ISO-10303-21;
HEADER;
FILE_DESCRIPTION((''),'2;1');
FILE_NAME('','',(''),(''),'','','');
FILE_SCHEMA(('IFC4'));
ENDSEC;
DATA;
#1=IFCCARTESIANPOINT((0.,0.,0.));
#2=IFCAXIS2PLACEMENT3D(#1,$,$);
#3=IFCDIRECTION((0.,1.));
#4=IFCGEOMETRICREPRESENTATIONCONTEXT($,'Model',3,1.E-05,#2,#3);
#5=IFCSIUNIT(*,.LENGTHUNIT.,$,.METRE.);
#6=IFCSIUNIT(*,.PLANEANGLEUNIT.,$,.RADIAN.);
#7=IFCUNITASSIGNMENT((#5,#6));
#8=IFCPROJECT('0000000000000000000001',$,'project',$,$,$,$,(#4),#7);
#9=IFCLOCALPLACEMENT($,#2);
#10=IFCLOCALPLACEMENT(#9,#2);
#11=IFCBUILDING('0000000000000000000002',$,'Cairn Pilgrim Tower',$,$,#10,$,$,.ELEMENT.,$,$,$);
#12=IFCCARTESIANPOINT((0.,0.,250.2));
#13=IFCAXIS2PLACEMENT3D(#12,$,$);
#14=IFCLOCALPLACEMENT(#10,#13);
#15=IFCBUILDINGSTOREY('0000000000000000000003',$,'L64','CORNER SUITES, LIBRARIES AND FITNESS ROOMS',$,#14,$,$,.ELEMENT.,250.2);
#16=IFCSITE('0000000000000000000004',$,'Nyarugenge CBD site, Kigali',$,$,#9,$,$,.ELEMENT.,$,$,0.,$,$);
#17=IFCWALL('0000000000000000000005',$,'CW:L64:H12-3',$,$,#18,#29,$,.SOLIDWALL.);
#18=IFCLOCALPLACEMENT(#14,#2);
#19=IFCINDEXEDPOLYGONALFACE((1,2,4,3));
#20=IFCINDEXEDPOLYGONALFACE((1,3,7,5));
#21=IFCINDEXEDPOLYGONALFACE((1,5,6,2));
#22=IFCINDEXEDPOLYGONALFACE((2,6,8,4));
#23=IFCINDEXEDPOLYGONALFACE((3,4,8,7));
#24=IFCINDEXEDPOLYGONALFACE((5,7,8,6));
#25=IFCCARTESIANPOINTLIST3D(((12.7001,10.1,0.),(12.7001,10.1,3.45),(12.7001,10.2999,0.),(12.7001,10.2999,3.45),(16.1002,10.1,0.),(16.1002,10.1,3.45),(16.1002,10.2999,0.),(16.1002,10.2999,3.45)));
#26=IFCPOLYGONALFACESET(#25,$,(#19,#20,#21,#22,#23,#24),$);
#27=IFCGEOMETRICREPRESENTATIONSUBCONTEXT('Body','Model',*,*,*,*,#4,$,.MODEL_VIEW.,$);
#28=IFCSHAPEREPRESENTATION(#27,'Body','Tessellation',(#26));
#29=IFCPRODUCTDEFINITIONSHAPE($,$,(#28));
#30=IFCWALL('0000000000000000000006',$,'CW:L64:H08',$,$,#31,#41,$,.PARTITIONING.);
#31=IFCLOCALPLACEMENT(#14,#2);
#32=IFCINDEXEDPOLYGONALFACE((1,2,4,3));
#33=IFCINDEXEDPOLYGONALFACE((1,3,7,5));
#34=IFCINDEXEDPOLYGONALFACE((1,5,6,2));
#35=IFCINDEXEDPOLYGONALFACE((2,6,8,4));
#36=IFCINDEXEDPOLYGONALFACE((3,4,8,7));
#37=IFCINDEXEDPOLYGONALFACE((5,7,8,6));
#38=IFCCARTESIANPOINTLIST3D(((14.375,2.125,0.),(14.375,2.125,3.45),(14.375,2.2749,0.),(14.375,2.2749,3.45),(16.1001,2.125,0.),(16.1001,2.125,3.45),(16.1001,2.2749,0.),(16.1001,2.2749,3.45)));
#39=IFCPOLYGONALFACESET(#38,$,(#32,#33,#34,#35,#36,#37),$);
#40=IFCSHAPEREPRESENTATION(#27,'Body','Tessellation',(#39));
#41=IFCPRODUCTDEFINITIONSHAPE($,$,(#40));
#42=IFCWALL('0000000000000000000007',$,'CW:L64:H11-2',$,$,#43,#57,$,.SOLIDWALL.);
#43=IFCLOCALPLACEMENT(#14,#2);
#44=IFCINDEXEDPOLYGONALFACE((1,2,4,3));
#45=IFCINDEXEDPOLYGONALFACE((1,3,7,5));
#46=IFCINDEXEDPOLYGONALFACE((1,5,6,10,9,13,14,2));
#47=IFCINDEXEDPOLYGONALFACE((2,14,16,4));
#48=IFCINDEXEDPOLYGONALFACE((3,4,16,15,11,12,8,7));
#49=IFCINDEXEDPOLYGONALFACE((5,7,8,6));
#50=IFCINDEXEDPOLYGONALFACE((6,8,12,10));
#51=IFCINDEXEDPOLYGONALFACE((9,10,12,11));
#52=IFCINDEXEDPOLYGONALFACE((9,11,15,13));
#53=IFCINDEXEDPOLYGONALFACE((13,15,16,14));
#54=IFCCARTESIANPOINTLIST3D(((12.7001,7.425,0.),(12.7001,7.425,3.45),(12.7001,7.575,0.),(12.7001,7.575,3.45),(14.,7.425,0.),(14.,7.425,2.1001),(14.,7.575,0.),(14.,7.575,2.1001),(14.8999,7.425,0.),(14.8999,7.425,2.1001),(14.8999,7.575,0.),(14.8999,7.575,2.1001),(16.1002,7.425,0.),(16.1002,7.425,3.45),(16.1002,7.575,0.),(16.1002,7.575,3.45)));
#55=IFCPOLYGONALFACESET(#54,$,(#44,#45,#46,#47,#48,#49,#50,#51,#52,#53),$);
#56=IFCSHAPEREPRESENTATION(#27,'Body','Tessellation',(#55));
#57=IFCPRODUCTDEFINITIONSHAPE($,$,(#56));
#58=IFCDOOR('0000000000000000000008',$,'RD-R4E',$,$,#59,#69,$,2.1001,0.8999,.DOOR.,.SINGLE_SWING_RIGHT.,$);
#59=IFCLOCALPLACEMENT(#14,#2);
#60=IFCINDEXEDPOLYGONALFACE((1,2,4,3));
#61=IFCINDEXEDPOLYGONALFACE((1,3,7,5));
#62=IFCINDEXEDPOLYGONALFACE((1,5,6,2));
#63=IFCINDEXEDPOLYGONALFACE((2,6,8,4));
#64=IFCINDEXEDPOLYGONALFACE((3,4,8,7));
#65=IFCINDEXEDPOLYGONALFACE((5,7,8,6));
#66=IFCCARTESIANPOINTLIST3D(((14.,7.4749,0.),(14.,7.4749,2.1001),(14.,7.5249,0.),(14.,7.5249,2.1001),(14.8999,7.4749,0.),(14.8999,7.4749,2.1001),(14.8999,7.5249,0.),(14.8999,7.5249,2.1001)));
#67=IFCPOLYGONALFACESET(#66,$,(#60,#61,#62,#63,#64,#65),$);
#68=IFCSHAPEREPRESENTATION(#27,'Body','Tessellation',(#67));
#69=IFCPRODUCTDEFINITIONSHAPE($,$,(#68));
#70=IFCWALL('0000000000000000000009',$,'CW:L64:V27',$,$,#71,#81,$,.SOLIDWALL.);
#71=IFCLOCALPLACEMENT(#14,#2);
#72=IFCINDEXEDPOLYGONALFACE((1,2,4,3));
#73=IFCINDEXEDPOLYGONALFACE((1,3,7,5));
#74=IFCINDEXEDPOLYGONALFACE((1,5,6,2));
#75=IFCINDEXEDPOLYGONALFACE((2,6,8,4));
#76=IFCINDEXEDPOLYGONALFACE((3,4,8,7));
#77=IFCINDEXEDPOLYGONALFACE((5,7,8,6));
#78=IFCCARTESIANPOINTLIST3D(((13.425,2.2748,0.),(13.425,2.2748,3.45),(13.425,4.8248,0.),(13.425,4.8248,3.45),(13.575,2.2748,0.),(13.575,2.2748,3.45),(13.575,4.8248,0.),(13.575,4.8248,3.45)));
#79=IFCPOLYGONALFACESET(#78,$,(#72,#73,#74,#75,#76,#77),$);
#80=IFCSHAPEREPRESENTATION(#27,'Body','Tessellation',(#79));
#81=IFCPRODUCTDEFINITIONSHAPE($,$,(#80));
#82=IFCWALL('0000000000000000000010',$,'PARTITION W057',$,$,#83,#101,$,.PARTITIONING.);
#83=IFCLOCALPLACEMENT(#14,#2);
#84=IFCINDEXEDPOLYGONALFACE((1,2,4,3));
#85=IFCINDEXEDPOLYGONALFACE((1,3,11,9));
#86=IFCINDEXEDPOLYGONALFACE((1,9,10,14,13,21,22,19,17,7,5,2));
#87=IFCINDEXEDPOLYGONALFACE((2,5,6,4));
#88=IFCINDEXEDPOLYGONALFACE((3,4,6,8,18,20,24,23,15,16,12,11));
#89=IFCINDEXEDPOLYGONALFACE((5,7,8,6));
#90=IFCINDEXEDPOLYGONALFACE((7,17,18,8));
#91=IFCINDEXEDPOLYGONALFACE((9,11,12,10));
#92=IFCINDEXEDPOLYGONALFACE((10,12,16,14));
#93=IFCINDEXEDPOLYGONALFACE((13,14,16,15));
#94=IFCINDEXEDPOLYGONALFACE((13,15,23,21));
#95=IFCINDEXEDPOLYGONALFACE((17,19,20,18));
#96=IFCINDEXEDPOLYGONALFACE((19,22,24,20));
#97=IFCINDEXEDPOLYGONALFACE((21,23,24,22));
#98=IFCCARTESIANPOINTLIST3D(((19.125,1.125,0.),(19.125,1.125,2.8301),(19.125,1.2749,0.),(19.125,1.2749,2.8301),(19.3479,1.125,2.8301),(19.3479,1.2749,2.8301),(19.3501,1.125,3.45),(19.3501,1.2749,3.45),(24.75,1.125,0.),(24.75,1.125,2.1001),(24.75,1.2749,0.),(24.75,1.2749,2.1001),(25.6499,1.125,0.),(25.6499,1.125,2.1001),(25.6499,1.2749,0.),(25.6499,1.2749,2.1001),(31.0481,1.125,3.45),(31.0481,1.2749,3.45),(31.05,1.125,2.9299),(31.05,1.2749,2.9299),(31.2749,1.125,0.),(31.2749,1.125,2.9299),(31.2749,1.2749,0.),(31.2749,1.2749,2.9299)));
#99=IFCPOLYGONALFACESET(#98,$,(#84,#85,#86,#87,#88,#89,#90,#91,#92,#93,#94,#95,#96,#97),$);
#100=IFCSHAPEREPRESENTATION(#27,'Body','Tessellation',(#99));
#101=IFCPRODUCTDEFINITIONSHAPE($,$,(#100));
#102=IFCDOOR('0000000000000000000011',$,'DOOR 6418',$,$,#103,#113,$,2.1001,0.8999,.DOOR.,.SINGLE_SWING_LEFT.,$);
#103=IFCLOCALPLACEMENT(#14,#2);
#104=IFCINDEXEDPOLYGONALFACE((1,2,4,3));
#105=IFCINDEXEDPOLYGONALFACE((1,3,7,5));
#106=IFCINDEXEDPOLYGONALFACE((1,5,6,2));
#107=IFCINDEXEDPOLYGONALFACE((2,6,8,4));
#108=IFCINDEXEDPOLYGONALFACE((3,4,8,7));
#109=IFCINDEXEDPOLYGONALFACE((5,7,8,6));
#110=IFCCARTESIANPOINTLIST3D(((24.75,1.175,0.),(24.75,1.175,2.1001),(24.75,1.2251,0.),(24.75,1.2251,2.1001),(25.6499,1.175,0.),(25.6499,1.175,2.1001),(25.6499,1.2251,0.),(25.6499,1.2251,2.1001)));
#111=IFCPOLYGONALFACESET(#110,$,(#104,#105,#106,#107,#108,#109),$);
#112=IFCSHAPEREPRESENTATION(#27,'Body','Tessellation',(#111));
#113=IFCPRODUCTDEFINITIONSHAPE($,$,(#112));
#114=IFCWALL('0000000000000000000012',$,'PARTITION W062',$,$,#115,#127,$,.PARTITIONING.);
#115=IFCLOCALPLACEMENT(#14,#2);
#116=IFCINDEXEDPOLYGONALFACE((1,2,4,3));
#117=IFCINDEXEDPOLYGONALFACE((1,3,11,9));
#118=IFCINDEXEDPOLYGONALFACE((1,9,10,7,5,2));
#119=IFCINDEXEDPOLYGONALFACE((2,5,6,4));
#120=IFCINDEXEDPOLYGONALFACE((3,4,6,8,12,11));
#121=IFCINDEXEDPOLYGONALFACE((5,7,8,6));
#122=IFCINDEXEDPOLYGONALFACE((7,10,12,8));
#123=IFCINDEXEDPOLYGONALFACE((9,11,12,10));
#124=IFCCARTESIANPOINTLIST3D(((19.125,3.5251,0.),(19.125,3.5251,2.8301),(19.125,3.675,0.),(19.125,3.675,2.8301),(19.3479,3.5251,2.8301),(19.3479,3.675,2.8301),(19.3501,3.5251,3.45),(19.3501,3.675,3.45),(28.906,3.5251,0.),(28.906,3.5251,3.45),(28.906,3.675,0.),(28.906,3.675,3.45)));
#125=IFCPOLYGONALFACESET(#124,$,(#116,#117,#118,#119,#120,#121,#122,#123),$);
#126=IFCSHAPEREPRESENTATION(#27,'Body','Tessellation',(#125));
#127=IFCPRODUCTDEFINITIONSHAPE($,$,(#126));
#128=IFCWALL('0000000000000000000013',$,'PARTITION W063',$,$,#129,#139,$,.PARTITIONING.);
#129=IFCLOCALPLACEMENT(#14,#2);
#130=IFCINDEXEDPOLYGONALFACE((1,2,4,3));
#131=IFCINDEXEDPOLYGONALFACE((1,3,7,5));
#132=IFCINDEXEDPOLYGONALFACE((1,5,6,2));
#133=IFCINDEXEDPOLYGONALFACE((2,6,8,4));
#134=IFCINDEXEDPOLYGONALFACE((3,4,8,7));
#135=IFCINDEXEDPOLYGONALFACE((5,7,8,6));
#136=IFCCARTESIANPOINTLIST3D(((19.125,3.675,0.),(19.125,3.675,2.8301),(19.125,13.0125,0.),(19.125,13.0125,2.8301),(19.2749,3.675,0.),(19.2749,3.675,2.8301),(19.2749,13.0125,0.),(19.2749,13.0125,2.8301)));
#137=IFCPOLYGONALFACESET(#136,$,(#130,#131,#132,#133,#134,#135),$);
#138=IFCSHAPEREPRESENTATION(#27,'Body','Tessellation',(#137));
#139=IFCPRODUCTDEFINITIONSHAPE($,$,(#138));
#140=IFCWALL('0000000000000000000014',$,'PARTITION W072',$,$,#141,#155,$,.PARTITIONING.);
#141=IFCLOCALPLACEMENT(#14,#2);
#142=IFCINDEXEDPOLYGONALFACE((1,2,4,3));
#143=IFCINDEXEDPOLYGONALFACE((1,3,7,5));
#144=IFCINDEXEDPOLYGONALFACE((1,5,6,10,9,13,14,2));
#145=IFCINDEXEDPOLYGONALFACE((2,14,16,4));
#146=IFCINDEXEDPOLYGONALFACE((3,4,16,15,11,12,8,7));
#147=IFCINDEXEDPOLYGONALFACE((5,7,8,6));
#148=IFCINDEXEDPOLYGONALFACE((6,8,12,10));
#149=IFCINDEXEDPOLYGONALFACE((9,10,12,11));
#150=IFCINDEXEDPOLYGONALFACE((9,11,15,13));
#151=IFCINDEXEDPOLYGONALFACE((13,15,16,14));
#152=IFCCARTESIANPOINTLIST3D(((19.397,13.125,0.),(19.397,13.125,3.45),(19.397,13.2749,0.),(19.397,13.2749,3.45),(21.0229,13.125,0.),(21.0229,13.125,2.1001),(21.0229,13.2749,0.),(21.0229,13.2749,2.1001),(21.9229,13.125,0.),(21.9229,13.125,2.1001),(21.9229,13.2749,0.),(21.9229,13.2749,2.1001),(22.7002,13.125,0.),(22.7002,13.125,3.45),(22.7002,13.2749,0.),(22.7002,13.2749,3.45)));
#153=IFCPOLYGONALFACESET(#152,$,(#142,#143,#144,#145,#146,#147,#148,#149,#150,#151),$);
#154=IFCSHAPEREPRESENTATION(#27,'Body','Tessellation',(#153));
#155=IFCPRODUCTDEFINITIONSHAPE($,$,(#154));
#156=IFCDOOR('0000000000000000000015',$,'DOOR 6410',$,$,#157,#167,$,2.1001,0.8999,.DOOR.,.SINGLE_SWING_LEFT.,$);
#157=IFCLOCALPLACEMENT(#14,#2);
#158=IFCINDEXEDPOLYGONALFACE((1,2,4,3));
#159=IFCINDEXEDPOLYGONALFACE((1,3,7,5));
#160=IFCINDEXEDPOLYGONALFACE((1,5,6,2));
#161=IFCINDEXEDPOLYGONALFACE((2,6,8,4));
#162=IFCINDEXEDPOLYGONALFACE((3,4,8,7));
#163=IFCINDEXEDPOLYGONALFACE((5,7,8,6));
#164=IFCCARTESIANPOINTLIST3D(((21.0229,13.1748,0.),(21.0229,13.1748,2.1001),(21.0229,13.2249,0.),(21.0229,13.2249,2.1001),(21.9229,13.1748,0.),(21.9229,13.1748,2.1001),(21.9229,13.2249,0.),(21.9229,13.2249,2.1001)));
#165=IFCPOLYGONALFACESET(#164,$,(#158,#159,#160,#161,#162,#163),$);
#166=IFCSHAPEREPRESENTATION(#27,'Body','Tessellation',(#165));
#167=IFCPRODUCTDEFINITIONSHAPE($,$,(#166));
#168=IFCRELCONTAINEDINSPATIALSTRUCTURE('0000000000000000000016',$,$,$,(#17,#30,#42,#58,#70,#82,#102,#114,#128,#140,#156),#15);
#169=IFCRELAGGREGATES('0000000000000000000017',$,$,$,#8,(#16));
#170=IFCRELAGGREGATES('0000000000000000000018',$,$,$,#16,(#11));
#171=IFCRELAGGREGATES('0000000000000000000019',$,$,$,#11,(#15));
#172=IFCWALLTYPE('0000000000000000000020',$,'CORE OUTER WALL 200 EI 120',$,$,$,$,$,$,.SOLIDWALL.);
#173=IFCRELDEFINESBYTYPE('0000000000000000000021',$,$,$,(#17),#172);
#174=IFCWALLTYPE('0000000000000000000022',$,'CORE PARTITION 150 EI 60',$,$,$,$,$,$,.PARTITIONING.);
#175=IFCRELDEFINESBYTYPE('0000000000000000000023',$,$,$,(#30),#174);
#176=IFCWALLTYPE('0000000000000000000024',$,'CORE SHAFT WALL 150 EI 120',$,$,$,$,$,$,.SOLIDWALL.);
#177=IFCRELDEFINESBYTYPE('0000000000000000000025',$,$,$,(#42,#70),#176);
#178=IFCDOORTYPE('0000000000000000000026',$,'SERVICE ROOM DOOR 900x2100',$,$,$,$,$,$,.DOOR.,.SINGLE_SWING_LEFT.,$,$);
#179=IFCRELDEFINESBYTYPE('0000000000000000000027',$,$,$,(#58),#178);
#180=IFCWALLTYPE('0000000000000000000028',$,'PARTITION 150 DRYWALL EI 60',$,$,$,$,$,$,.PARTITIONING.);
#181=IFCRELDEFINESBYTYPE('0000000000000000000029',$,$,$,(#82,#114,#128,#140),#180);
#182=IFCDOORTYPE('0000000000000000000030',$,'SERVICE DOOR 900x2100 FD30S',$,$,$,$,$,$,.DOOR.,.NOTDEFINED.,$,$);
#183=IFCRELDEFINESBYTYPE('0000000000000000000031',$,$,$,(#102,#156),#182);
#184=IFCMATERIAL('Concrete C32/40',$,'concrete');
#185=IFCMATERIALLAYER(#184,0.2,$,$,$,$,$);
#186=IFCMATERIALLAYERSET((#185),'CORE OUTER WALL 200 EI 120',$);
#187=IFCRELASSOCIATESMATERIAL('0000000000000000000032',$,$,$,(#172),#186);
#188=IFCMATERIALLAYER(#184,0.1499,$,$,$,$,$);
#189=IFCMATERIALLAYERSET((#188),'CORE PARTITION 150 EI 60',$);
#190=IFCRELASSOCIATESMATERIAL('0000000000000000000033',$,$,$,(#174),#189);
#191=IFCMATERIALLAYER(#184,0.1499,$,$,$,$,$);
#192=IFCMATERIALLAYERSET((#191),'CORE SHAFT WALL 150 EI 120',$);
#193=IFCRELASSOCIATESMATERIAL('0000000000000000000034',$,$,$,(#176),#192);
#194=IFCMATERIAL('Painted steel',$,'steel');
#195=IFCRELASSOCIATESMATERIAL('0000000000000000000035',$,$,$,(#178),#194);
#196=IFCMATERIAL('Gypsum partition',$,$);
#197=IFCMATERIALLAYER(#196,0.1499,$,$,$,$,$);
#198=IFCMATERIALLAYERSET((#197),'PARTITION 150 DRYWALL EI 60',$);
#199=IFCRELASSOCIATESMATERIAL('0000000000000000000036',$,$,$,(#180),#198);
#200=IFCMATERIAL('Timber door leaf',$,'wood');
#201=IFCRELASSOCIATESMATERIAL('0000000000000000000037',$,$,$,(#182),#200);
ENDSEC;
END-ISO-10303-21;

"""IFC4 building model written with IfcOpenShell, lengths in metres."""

from ifc_helpers import new_model, si_unit, direction, frame, frame_2d, origin, place, context, subcontext, project, spatial, polyline, rectangle, outline, extrude, material, layer, layer_set, type_object, element, fill, save


model = new_model("IFC4")

# Units and contexts
model_context = context("Model", 3, precision=1e-05, world=origin(), true_north=direction((0.0, 1.0)))
body_context = subcontext(model_context, "Body", "Model", "MODEL_VIEW")
ifc_project = project(units=[si_unit("LENGTHUNIT", "METRE"), si_unit("PLANEANGLEUNIT", "RADIAN")], contexts=[model_context])

# Site, building, storey
site_placement = place(None, origin())
site = spatial("IfcSite", under=ifc_project, at=site_placement, Name="Nyarugenge CBD site, Kigali", CompositionType="ELEMENT", RefElevation=0.0)
building_placement = place(site_placement, origin())
building = spatial("IfcBuilding", under=site, at=building_placement, Name="Cairn Pilgrim Tower", CompositionType="ELEMENT")
storey_placement = place(building_placement, frame((0.0, 0.0, 250.2)))
storey = spatial("IfcBuildingStorey", under=building, at=storey_placement, Name="L64", Description="CORNER SUITES, LIBRARIES AND FITNESS ROOMS", CompositionType="ELEMENT", Elevation=250.2)

# Walls
ifc_material_1 = material(Name="Concrete C32/40", Category="concrete")
ifc_layer_1 = layer(ifc_material_1, 0.2)
ifc_layer_set_1 = layer_set([ifc_layer_1], Name="CORE OUTER WALL 200 EI 120")
wall_type_1 = type_object("IfcWallType", Name="CORE OUTER WALL 200 EI 120", PredefinedType="SOLIDWALL", material=ifc_layer_set_1)
wall_1_placement = place(storey_placement, frame((12.7, 10.2, 0.0), z_axis=(0.0, 0.0, 1.0), x_axis=(1.0, 0.0, 0.0)))
element("IfcWall", 1, at=wall_1_placement, inside=storey, type_object=wall_type_1, Name="CW:L64:H12-3", PredefinedType="SOLIDWALL", context=body_context, shape_type="SweptSolid", body=[
    extrude(rectangle(XDim=3.4001, YDim=0.2, at=frame_2d((1.7002, 0.0))), origin(), (0.0, 0.0, 1.0), 3.45),
])
ifc_layer_2 = layer(ifc_material_1, 0.1499)
ifc_layer_set_2 = layer_set([ifc_layer_2], Name="CORE PARTITION 150 EI 60")
wall_type_2 = type_object("IfcWallType", Name="CORE PARTITION 150 EI 60", PredefinedType="PARTITIONING", material=ifc_layer_set_2)
wall_2_placement = place(storey_placement, frame((14.375, 2.2, 0.0), z_axis=(0.0, 0.0, 1.0), x_axis=(1.0, 0.0, 0.0)))
element("IfcWall", 2, at=wall_2_placement, inside=storey, type_object=wall_type_2, Name="CW:L64:H08", PredefinedType="PARTITIONING", context=body_context, shape_type="SweptSolid", body=[
    extrude(rectangle(XDim=1.7251, YDim=0.1499, at=frame_2d((0.8625, 0.0))), origin(), (0.0, 0.0, 1.0), 3.45),
])

# Wall, opening, door
ifc_layer_3 = layer(ifc_material_1, 0.1499)
ifc_layer_set_3 = layer_set([ifc_layer_3], Name="CORE SHAFT WALL 150 EI 120")
wall_type_3 = type_object("IfcWallType", Name="CORE SHAFT WALL 150 EI 120", PredefinedType="SOLIDWALL", material=ifc_layer_set_3)
wall_3_placement = place(storey_placement, frame((12.7, 7.5, 0.0), z_axis=(0.0, 0.0, 1.0), x_axis=(1.0, 0.0, 0.0)))
wall_3 = element("IfcWall", 3, at=wall_3_placement, inside=storey, type_object=wall_type_3, Name="CW:L64:H11-2", PredefinedType="SOLIDWALL", context=body_context, shape_type="SweptSolid", body=[
    extrude(rectangle(XDim=3.4001, YDim=0.1499, at=frame_2d((1.7002, 0.0))), origin(), (0.0, 0.0, 1.0), 3.45),
])
opening_1_placement = place(wall_3_placement, frame((1.3, 0.0, 0.0)))
opening_1 = element("IfcOpeningElement", 4, at=opening_1_placement, cuts=wall_3, PredefinedType="OPENING", context=body_context, shape_type="SweptSolid", body=[
    extrude(rectangle(XDim=0.8999, YDim=2.1001, at=frame_2d((0.45, 1.05))), frame((0.0, 0.085, 0.0), z_axis=(0.0, -1.0, 0.0), x_axis=(1.0, 0.0, 0.0)), (0.0, 0.0, 1.0), 0.1699),
])
ifc_material_2 = material(Name="Painted steel", Category="steel")
door_type_1 = type_object("IfcDoorType", Name="SERVICE ROOM DOOR 900x2100", OperationType="SINGLE_SWING_LEFT", PredefinedType="DOOR", material=ifc_material_2)
door_1_placement = place(opening_1_placement, origin())
door_1 = element("IfcDoor", 5, at=door_1_placement, inside=storey, type_object=door_type_1, Name="RD-R4E", OperationType="SINGLE_SWING_RIGHT", OverallHeight=2.1001, OverallWidth=0.8999, PredefinedType="DOOR", context=body_context, shape_type="SweptSolid", body=[
    extrude(rectangle(XDim=0.8999, YDim=2.1001, at=frame_2d((0.45, 1.05))), frame((0.0, 0.0249, 0.0), z_axis=(0.0, -1.0, 0.0), x_axis=(1.0, 0.0, 0.0)), (0.0, 0.0, 1.0), 0.05),
])
fill(opening_1, door_1)

# Wall
wall_4_placement = place(storey_placement, frame((13.5, 2.2749, 0.0), z_axis=(0.0, 0.0, 1.0), x_axis=(0.0, 1.0, 0.0)))
element("IfcWall", 6, at=wall_4_placement, inside=storey, type_object=wall_type_3, Name="CW:L64:V27", PredefinedType="SOLIDWALL", context=body_context, shape_type="SweptSolid", body=[
    extrude(rectangle(XDim=2.55, YDim=0.1499, at=frame_2d((1.2749, 0.0))), origin(), (0.0, 0.0, 1.0), 3.45),
])

# Wall, opening, door
ifc_material_3 = material(Name="Gypsum partition")
ifc_layer_4 = layer(ifc_material_3, 0.1499)
ifc_layer_set_4 = layer_set([ifc_layer_4], Name="PARTITION 150 DRYWALL EI 60")
wall_type_4 = type_object("IfcWallType", Name="PARTITION 150 DRYWALL EI 60", PredefinedType="PARTITIONING", material=ifc_layer_set_4)
wall_5_placement = place(storey_placement, frame((19.125, 1.2, 0.0), z_axis=(0.0, 0.0, 1.0), x_axis=(1.0, 0.0, 0.0)))
wall_5 = element("IfcWall", 7, at=wall_5_placement, inside=storey, type_object=wall_type_4, Name="PARTITION W057", PredefinedType="PARTITIONING", context=body_context, shape_type="SweptSolid", body=[
    extrude(outline(polyline([(0.0, 0.0), (12.1499, 0.0), (12.1499, 2.9299), (11.925, 2.9299), (11.9231, 3.45), (0.2251, 3.45), (0.2229, 2.8301), (0.0, 2.8301), (0.0, 0.0)])), frame((0.0, 0.075, 0.0), z_axis=(0.0, -1.0, 0.0), x_axis=(1.0, 0.0, 0.0)), (0.0, 0.0, 1.0), 0.1499),
])
opening_2_placement = place(wall_5_placement, frame((5.625, 0.0, 0.0)))
opening_2 = element("IfcOpeningElement", 8, at=opening_2_placement, cuts=wall_5, PredefinedType="OPENING", context=body_context, shape_type="SweptSolid", body=[
    extrude(rectangle(XDim=0.8999, YDim=2.1001, at=frame_2d((0.45, 1.05))), frame((0.0, 0.085, 0.0), z_axis=(0.0, -1.0, 0.0), x_axis=(1.0, 0.0, 0.0)), (0.0, 0.0, 1.0), 0.1699),
])
ifc_material_4 = material(Name="Timber door leaf", Category="wood")
door_type_2 = type_object("IfcDoorType", Name="SERVICE DOOR 900x2100 FD30S", OperationType="NOTDEFINED", PredefinedType="DOOR", material=ifc_material_4)
door_2_placement = place(opening_2_placement, frame((0.8999, 0.0, 0.0), z_axis=(0.0, 0.0, 1.0), x_axis=(-1.0, 0.0, 0.0)))
door_2 = element("IfcDoor", 9, at=door_2_placement, inside=storey, type_object=door_type_2, Name="DOOR 6418", OperationType="SINGLE_SWING_LEFT", OverallHeight=2.1001, OverallWidth=0.8999, PredefinedType="DOOR", context=body_context, shape_type="SweptSolid", body=[
    extrude(rectangle(XDim=0.8999, YDim=2.1001, at=frame_2d((0.45, 1.05))), frame((0.0, 0.0249, 0.0), z_axis=(0.0, -1.0, 0.0), x_axis=(1.0, 0.0, 0.0)), (0.0, 0.0, 1.0), 0.05),
])
fill(opening_2, door_2)

# Walls
wall_6_placement = place(storey_placement, frame((19.125, 3.6001, 0.0), z_axis=(0.0, 0.0, 1.0), x_axis=(1.0, 0.0, 0.0)))
element("IfcWall", 10, at=wall_6_placement, inside=storey, type_object=wall_type_4, Name="PARTITION W062", PredefinedType="PARTITIONING", context=body_context, shape_type="SweptSolid", body=[
    extrude(outline(polyline([(0.0, 0.0), (9.781, 0.0), (9.781, 3.45), (0.2251, 3.45), (0.2229, 2.8301), (0.0, 2.8301), (0.0, 0.0)])), frame((0.0, 0.075, 0.0), z_axis=(0.0, -1.0, 0.0), x_axis=(1.0, 0.0, 0.0)), (0.0, 0.0, 1.0), 0.1499),
])
wall_7_placement = place(storey_placement, frame((19.2, 3.675, 0.0), z_axis=(0.0, 0.0, 1.0), x_axis=(0.0, 1.0, 0.0)))
element("IfcWall", 11, at=wall_7_placement, inside=storey, type_object=wall_type_4, Name="PARTITION W063", PredefinedType="PARTITIONING", context=body_context, shape_type="SweptSolid", body=[
    extrude(rectangle(XDim=9.3374, YDim=0.1499, at=frame_2d((4.6687, 0.0))), origin(), (0.0, 0.0, 1.0), 2.8301),
])

# Wall, opening, door
wall_8_placement = place(storey_placement, frame((19.397, 13.2, 0.0), z_axis=(0.0, 0.0, 1.0), x_axis=(1.0, 0.0, 0.0)))
wall_8 = element("IfcWall", 12, at=wall_8_placement, inside=storey, type_object=wall_type_4, Name="PARTITION W072", PredefinedType="PARTITIONING", context=body_context, shape_type="SweptSolid", body=[
    extrude(rectangle(XDim=3.3032, YDim=0.1499, at=frame_2d((1.6516, 0.0))), origin(), (0.0, 0.0, 1.0), 3.45),
])
opening_3_placement = place(wall_8_placement, frame((1.626, 0.0, 0.0)))
opening_3 = element("IfcOpeningElement", 13, at=opening_3_placement, cuts=wall_8, PredefinedType="OPENING", context=body_context, shape_type="SweptSolid", body=[
    extrude(rectangle(XDim=0.8999, YDim=2.1001, at=frame_2d((0.45, 1.05))), frame((0.0, 0.085, 0.0), z_axis=(0.0, -1.0, 0.0), x_axis=(1.0, 0.0, 0.0)), (0.0, 0.0, 1.0), 0.1699),
])
door_3_placement = place(opening_3_placement, origin())
door_3 = element("IfcDoor", 14, at=door_3_placement, inside=storey, type_object=door_type_2, Name="DOOR 6410", OperationType="SINGLE_SWING_LEFT", OverallHeight=2.1001, OverallWidth=0.8999, PredefinedType="DOOR", context=body_context, shape_type="SweptSolid", body=[
    extrude(rectangle(XDim=0.8999, YDim=2.1001, at=frame_2d((0.45, 1.05))), frame((0.0, 0.0249, 0.0), z_axis=(0.0, -1.0, 0.0), x_axis=(1.0, 0.0, 0.0)), (0.0, 0.0, 1.0), 0.05),
])
fill(opening_3, door_3)

save(model, "model.ifc")
